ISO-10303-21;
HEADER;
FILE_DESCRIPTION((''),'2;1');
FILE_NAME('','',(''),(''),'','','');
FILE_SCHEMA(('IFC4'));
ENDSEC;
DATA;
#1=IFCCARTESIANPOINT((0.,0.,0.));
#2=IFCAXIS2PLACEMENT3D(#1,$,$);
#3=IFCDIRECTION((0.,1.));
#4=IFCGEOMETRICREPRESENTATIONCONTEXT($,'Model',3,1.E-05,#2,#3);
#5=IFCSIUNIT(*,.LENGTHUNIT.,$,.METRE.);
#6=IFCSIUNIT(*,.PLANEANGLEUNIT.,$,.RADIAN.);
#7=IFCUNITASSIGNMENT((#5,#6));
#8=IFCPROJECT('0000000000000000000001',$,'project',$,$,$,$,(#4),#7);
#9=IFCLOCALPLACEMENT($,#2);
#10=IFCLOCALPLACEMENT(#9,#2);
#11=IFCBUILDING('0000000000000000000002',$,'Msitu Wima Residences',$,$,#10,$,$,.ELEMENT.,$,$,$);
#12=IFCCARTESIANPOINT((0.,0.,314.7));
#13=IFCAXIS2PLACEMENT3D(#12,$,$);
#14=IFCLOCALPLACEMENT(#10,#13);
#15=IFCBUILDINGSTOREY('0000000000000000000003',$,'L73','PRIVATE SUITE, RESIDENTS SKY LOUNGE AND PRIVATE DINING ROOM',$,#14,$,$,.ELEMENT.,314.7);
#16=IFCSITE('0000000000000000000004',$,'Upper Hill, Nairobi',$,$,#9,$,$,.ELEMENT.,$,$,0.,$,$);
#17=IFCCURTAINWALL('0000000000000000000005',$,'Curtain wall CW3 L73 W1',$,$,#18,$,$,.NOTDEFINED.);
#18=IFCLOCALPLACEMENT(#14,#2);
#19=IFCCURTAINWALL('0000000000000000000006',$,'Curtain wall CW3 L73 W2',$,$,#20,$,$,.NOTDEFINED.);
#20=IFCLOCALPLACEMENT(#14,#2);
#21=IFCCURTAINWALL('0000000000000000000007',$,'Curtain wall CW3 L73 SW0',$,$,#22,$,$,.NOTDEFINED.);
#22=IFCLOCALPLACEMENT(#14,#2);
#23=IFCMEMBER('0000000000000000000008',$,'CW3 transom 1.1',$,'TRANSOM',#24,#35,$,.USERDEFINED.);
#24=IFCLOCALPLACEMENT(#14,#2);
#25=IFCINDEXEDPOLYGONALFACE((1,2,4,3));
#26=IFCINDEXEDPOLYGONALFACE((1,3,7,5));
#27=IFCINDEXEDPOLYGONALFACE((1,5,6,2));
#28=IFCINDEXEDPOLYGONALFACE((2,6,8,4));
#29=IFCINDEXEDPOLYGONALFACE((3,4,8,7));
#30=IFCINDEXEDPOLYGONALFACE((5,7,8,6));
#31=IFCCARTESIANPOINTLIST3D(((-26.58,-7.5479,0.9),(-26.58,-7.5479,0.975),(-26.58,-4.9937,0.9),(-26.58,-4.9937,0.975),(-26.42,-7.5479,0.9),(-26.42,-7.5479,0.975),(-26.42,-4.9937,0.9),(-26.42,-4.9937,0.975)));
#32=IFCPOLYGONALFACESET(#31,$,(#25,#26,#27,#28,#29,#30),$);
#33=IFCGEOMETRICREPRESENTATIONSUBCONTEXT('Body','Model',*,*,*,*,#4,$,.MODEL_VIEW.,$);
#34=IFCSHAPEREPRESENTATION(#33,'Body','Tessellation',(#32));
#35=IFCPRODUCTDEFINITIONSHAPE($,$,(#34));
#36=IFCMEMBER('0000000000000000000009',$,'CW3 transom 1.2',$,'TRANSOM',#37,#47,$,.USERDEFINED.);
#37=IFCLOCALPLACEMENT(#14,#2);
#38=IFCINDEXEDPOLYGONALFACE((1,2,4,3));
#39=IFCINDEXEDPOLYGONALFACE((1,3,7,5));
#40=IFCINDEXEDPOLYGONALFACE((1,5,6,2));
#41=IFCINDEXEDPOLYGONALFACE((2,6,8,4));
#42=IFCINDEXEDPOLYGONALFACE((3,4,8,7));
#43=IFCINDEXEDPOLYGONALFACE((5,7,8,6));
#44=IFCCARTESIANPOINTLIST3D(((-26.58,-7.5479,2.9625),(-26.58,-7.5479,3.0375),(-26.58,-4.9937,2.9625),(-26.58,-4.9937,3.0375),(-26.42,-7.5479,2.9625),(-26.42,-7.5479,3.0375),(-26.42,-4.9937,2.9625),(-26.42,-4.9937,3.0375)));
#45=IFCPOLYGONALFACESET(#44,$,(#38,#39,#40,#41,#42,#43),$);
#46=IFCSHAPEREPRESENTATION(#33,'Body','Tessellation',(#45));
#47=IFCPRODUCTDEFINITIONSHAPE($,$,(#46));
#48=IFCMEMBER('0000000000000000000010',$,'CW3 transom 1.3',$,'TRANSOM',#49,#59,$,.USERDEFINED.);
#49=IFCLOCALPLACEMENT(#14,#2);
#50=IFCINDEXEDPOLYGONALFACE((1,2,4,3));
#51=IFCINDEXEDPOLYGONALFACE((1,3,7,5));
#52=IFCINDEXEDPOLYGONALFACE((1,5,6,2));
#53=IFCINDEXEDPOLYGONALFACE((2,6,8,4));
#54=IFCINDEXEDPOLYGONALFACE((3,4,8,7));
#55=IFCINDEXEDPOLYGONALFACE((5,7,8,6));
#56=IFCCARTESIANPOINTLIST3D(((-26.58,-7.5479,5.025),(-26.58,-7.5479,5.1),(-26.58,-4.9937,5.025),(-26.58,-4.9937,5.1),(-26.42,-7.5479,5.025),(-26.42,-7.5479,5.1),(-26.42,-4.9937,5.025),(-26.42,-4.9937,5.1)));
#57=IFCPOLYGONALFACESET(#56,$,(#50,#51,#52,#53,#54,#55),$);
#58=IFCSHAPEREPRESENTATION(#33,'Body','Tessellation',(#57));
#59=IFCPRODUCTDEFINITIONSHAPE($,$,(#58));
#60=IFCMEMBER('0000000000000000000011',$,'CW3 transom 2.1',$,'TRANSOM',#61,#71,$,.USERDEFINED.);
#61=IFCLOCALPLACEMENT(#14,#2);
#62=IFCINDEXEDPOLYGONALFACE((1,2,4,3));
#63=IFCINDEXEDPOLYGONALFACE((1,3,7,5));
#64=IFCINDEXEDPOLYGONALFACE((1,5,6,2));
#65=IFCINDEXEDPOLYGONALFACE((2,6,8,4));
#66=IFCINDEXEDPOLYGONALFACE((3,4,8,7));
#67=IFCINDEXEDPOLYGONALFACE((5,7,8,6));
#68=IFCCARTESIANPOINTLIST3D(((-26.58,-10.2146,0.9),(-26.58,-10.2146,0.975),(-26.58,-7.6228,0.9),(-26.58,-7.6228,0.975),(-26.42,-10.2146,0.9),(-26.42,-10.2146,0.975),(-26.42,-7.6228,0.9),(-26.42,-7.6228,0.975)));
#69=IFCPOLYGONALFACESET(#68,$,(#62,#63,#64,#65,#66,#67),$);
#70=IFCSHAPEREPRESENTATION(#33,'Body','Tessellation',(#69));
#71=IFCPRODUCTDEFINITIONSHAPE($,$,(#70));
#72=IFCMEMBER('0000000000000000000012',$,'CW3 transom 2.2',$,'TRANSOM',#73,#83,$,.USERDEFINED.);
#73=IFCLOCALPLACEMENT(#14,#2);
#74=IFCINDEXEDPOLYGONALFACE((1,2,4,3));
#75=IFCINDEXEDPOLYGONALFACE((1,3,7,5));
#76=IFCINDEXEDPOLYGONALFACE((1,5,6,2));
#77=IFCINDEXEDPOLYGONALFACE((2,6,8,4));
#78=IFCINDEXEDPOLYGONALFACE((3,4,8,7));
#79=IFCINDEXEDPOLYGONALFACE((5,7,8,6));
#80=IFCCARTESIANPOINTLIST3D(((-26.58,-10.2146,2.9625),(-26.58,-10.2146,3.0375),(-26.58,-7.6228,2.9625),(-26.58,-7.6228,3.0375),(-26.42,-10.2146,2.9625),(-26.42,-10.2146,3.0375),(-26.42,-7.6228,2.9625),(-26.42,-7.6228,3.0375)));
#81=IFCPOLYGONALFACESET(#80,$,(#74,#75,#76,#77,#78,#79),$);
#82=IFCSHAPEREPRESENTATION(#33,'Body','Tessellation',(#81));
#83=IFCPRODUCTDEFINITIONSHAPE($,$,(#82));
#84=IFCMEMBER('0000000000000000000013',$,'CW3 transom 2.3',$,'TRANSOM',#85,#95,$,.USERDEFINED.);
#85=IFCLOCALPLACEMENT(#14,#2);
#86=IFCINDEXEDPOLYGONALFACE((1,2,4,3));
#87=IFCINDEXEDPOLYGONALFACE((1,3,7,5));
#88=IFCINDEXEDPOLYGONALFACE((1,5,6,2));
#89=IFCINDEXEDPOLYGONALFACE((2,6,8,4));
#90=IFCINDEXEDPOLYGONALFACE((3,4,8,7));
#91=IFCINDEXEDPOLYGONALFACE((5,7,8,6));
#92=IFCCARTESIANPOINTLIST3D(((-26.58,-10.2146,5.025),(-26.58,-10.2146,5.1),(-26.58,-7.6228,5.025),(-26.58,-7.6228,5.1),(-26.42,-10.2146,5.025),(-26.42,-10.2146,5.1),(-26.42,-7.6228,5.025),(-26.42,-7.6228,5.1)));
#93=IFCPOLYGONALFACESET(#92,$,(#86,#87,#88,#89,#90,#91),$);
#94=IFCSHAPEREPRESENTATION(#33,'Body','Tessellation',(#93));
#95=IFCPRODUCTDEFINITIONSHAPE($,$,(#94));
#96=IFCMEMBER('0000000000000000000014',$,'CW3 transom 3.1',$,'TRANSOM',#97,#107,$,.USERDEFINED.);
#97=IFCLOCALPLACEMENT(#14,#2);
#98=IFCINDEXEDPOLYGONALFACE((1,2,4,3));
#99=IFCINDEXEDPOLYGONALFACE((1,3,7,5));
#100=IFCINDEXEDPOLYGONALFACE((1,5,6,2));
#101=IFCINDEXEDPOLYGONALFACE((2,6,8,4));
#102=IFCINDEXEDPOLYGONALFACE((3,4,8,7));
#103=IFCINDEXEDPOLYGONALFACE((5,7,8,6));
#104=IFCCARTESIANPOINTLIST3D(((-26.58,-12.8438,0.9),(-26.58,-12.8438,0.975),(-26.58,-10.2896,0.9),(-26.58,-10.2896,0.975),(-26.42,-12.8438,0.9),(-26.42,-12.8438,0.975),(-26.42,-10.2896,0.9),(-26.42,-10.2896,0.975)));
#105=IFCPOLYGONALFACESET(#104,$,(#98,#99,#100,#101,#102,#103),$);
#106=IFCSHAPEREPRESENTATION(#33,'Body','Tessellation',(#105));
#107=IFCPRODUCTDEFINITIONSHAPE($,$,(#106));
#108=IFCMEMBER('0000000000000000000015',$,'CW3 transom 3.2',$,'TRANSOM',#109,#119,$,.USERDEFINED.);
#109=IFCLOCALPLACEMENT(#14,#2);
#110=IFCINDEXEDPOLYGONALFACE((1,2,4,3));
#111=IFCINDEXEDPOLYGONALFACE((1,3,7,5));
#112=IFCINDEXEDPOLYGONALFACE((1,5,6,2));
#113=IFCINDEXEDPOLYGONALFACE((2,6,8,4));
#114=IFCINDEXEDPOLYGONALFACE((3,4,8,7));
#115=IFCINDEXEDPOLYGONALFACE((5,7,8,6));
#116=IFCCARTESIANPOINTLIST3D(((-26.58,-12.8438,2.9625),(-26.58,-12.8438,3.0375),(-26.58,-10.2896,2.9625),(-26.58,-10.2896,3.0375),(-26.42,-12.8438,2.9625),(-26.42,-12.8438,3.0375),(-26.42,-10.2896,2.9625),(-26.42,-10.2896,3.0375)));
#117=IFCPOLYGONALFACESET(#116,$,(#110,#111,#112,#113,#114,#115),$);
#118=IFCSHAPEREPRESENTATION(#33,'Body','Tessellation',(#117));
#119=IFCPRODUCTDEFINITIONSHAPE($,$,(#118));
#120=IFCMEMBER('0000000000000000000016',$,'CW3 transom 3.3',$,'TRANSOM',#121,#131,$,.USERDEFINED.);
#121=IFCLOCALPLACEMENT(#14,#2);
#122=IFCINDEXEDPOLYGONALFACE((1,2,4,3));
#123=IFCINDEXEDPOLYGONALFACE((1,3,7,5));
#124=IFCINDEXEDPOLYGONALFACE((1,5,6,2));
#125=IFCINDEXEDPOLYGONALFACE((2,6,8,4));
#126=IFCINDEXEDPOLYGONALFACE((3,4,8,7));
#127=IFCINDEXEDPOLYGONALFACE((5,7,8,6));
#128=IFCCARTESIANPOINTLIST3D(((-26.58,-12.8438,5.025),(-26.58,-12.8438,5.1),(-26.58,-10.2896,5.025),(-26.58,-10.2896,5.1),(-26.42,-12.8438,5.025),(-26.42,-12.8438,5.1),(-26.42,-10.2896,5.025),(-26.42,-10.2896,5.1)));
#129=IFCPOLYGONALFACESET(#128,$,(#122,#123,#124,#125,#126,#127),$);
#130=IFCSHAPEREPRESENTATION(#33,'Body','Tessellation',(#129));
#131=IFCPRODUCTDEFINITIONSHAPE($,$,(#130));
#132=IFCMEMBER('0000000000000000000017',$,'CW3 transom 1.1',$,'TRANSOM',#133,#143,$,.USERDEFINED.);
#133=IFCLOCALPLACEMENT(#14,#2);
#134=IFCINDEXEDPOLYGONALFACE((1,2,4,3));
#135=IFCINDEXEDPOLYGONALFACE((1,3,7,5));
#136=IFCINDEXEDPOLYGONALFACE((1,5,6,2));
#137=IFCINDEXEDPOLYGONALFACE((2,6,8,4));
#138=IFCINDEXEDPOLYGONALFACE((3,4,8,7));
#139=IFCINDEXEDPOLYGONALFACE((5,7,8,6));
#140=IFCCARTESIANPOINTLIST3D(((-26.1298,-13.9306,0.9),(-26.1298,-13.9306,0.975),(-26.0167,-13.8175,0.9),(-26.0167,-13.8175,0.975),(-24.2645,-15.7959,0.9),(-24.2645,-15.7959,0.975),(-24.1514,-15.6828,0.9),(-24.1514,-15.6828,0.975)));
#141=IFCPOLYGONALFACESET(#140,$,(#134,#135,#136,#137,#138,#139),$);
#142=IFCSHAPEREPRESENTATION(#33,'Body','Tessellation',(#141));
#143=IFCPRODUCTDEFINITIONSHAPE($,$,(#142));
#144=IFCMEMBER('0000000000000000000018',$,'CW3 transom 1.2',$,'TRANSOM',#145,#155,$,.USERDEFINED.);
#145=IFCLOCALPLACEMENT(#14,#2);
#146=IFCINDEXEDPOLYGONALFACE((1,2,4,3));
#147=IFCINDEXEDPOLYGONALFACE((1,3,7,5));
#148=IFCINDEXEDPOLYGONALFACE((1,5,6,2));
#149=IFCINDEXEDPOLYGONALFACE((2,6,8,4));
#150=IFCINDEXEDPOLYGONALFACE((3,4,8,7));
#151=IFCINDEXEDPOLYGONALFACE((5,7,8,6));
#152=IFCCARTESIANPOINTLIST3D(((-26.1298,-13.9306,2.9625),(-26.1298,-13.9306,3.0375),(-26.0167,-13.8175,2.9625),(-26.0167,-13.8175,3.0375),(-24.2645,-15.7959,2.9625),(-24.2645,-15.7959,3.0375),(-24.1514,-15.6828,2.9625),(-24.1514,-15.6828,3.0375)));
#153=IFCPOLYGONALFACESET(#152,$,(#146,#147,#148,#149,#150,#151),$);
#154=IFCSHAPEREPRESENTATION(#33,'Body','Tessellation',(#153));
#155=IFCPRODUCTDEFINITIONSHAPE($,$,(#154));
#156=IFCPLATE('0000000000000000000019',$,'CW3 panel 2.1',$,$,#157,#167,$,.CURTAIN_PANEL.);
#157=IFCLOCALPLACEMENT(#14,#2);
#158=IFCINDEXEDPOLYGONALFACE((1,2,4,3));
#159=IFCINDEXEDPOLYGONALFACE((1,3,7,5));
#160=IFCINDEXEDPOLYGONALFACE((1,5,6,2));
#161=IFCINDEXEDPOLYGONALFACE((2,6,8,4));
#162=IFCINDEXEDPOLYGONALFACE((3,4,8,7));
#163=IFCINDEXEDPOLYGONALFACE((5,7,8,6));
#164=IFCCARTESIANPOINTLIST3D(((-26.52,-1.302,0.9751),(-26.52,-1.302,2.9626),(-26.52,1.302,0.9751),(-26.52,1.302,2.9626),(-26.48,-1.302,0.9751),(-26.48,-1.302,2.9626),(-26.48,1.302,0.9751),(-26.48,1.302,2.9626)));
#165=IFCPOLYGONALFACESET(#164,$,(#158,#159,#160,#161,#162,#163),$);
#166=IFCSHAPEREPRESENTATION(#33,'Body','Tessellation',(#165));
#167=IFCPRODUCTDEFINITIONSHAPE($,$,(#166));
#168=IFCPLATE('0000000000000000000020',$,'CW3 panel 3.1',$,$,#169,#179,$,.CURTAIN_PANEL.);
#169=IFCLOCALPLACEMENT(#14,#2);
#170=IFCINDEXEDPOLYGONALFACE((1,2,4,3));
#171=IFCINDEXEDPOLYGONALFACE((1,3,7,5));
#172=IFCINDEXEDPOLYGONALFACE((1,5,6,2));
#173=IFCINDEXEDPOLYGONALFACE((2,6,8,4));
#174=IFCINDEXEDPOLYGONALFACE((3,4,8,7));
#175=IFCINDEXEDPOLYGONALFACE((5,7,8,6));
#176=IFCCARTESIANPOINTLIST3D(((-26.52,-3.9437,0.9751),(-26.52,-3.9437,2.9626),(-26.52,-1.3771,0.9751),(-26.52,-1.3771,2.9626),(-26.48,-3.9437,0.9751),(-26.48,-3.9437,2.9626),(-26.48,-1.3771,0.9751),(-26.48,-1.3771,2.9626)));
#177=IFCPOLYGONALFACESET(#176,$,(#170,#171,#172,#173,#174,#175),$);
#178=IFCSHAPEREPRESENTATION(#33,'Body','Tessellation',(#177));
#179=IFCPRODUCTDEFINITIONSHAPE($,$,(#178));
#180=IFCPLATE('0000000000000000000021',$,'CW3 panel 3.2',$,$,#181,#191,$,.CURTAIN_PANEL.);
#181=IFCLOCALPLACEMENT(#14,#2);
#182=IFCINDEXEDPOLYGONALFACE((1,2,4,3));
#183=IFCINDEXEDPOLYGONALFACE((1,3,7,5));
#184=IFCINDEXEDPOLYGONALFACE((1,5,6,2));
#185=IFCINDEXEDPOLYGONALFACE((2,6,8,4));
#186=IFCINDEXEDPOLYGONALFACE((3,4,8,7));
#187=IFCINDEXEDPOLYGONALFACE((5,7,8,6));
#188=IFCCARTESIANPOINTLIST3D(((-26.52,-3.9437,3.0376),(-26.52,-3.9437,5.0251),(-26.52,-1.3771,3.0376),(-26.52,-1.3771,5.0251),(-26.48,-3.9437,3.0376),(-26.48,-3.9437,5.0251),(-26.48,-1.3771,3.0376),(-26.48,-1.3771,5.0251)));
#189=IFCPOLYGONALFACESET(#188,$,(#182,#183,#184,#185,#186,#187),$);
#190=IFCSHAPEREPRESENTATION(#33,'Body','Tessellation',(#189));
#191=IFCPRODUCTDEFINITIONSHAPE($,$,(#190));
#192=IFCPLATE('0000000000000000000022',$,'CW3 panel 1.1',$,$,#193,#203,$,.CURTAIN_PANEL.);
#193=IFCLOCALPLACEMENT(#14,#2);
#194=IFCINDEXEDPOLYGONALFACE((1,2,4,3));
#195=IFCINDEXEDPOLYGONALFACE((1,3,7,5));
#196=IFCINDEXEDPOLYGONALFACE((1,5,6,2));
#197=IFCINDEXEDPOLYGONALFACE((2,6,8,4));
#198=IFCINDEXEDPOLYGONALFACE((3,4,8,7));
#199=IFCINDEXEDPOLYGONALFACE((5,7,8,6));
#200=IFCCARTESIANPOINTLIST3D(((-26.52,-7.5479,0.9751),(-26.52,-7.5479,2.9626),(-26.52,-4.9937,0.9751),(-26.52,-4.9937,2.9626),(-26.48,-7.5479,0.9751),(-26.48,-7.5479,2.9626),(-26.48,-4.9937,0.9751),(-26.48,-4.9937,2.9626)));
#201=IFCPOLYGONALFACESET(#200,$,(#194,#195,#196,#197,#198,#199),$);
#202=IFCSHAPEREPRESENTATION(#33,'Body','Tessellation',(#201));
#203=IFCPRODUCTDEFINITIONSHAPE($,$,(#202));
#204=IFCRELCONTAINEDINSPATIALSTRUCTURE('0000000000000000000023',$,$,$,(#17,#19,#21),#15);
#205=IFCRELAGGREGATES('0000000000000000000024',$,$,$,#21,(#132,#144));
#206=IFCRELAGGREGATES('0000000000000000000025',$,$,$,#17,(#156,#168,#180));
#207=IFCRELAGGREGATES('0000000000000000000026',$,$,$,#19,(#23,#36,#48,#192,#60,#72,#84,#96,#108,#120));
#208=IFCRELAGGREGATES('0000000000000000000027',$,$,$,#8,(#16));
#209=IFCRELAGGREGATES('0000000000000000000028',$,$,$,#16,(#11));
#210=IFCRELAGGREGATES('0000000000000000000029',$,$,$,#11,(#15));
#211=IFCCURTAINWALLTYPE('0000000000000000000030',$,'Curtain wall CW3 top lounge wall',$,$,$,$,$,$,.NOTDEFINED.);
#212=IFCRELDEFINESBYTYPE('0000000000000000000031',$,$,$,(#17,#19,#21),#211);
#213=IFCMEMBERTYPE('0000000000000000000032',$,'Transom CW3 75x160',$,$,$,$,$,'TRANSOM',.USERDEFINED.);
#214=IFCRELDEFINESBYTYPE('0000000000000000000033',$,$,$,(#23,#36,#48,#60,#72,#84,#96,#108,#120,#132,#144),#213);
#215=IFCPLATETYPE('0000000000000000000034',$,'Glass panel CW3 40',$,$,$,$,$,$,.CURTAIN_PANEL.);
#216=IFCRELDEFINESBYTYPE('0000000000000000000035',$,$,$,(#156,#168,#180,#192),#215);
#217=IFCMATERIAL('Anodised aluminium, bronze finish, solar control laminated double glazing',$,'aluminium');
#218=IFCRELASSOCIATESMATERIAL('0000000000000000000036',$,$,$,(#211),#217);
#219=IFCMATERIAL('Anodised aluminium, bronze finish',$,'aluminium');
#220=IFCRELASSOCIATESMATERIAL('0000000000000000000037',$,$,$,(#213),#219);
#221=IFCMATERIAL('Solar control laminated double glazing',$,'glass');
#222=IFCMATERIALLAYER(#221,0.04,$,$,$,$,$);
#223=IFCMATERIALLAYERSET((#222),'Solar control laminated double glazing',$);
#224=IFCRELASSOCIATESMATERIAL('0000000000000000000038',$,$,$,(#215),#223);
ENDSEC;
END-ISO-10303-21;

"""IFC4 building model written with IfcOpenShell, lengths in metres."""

from ifc_helpers import new_model, si_unit, direction, frame, origin, origin_2d, place, context, subcontext, project, spatial, rectangle, extrude, material, layer, layer_set, material_profile, profile_set, type_object, element, aggregate, save


model = new_model("IFC4")

# Units and contexts
model_context = context("Model", 3, precision=1e-05, world=origin(), true_north=direction((0.0, 1.0)))
body_context = subcontext(model_context, "Body", "Model", "MODEL_VIEW")
ifc_project = project(units=[si_unit("LENGTHUNIT", "METRE"), si_unit("PLANEANGLEUNIT", "RADIAN")], contexts=[model_context])

# Site, building, storey
site_placement = place(None, origin())
site = spatial("IfcSite", under=ifc_project, at=site_placement, Name="Upper Hill, Nairobi", CompositionType="ELEMENT", RefElevation=0.0)
building_placement = place(site_placement, origin())
building = spatial("IfcBuilding", under=site, at=building_placement, Name="Msitu Wima Residences", CompositionType="ELEMENT")
storey_placement = place(building_placement, frame((0.0, 0.0, 314.7)))
storey = spatial("IfcBuildingStorey", under=building, at=storey_placement, Name="L73", Description="PRIVATE SUITE, RESIDENTS SKY LOUNGE AND PRIVATE DINING ROOM", CompositionType="ELEMENT", Elevation=314.7)

# Curtain walls
ifc_material_1 = material(Name="Anodised aluminium, bronze finish, solar control laminated double glazing", Category="aluminium")
curtain_wall_type = type_object("IfcCurtainWallType", Name="Curtain wall CW3 top lounge wall", PredefinedType="NOTDEFINED", material=ifc_material_1)
curtain_wall_1_placement = place(storey_placement, origin())
curtain_wall_1 = element("IfcCurtainWall", 1, at=curtain_wall_1_placement, inside=storey, type_object=curtain_wall_type, Name="Curtain wall CW3 L73 W1", PredefinedType="NOTDEFINED")
ifc_material_2 = material(Name="Anodised aluminium, bronze finish", Category="aluminium")
curtain_wall_2_placement = place(storey_placement, origin())
curtain_wall_2 = element("IfcCurtainWall", 2, at=curtain_wall_2_placement, inside=storey, type_object=curtain_wall_type, Name="Curtain wall CW3 L73 W2", PredefinedType="NOTDEFINED")

# Curtain wall
curtain_wall_3_placement = place(storey_placement, origin())
curtain_wall_3 = element("IfcCurtainWall", 3, at=curtain_wall_3_placement, inside=storey, type_object=curtain_wall_type, Name="Curtain wall CW3 L73 SW0", PredefinedType="NOTDEFINED")

# Members
ifc_material_profile_1 = material_profile(ifc_material_2, rectangle(XDim=0.1599, YDim=0.075, at=origin_2d()), Name="Transom 75x160")
ifc_profile_set_1 = profile_set([ifc_material_profile_1], Name="Anodised aluminium, bronze finish")
member_type_1 = type_object("IfcMemberType", Name="Transom CW3 75x160", ElementType="TRANSOM", PredefinedType="USERDEFINED", material=ifc_profile_set_1)
member_1_placement = place(storey_placement, frame((-26.5, -4.9937, 0.9375), z_axis=(0.0, -1.0, 0.0), x_axis=(1.0, 0.0, 0.0)))
member_1 = element("IfcMember", 4, at=member_1_placement, type_object=member_type_1, Name="CW3 transom 1.1", ObjectType="TRANSOM", PredefinedType="USERDEFINED", context=body_context, shape_type="SweptSolid", body=[
    extrude(rectangle(XDim=0.1599, YDim=0.075, at=origin_2d()), origin(), (0.0, 0.0, 1.0), 2.5542),
])
member_2_placement = place(storey_placement, frame((-26.5, -4.9937, 3.0), z_axis=(0.0, -1.0, 0.0), x_axis=(1.0, 0.0, 0.0)))
member_2 = element("IfcMember", 5, at=member_2_placement, type_object=member_type_1, Name="CW3 transom 1.2", ObjectType="TRANSOM", PredefinedType="USERDEFINED", context=body_context, shape_type="SweptSolid", body=[
    extrude(rectangle(XDim=0.1599, YDim=0.075, at=origin_2d()), origin(), (0.0, 0.0, 1.0), 2.5542),
])
member_3_placement = place(storey_placement, frame((-26.5, -4.9937, 5.0625), z_axis=(0.0, -1.0, 0.0), x_axis=(1.0, 0.0, 0.0)))
member_3 = element("IfcMember", 6, at=member_3_placement, type_object=member_type_1, Name="CW3 transom 1.3", ObjectType="TRANSOM", PredefinedType="USERDEFINED", context=body_context, shape_type="SweptSolid", body=[
    extrude(rectangle(XDim=0.1599, YDim=0.075, at=origin_2d()), origin(), (0.0, 0.0, 1.0), 2.5542),
])
member_4_placement = place(storey_placement, frame((-26.5, -7.6228, 0.9375), z_axis=(0.0, -1.0, 0.0), x_axis=(1.0, 0.0, 0.0)))
member_4 = element("IfcMember", 7, at=member_4_placement, type_object=member_type_1, Name="CW3 transom 2.1", ObjectType="TRANSOM", PredefinedType="USERDEFINED", context=body_context, shape_type="SweptSolid", body=[
    extrude(rectangle(XDim=0.1599, YDim=0.075, at=origin_2d()), origin(), (0.0, 0.0, 1.0), 2.5918),
])
member_5_placement = place(storey_placement, frame((-26.5, -7.6228, 3.0), z_axis=(0.0, -1.0, 0.0), x_axis=(1.0, 0.0, 0.0)))
member_5 = element("IfcMember", 8, at=member_5_placement, type_object=member_type_1, Name="CW3 transom 2.2", ObjectType="TRANSOM", PredefinedType="USERDEFINED", context=body_context, shape_type="SweptSolid", body=[
    extrude(rectangle(XDim=0.1599, YDim=0.075, at=origin_2d()), origin(), (0.0, 0.0, 1.0), 2.5918),
])
member_6_placement = place(storey_placement, frame((-26.5, -7.6228, 5.0625), z_axis=(0.0, -1.0, 0.0), x_axis=(1.0, 0.0, 0.0)))
member_6 = element("IfcMember", 9, at=member_6_placement, type_object=member_type_1, Name="CW3 transom 2.3", ObjectType="TRANSOM", PredefinedType="USERDEFINED", context=body_context, shape_type="SweptSolid", body=[
    extrude(rectangle(XDim=0.1599, YDim=0.075, at=origin_2d()), origin(), (0.0, 0.0, 1.0), 2.5918),
])
member_7_placement = place(storey_placement, frame((-26.5, -10.2896, 0.9375), z_axis=(0.0, -1.0, 0.0), x_axis=(1.0, 0.0, 0.0)))
member_7 = element("IfcMember", 10, at=member_7_placement, type_object=member_type_1, Name="CW3 transom 3.1", ObjectType="TRANSOM", PredefinedType="USERDEFINED", context=body_context, shape_type="SweptSolid", body=[
    extrude(rectangle(XDim=0.1599, YDim=0.075, at=origin_2d()), origin(), (0.0, 0.0, 1.0), 2.5542),
])
member_8_placement = place(storey_placement, frame((-26.5, -10.2896, 3.0), z_axis=(0.0, -1.0, 0.0), x_axis=(1.0, 0.0, 0.0)))
member_8 = element("IfcMember", 11, at=member_8_placement, type_object=member_type_1, Name="CW3 transom 3.2", ObjectType="TRANSOM", PredefinedType="USERDEFINED", context=body_context, shape_type="SweptSolid", body=[
    extrude(rectangle(XDim=0.1599, YDim=0.075, at=origin_2d()), origin(), (0.0, 0.0, 1.0), 2.5542),
])
member_9_placement = place(storey_placement, frame((-26.5, -10.2896, 5.0625), z_axis=(0.0, -1.0, 0.0), x_axis=(1.0, 0.0, 0.0)))
member_9 = element("IfcMember", 12, at=member_9_placement, type_object=member_type_1, Name="CW3 transom 3.3", ObjectType="TRANSOM", PredefinedType="USERDEFINED", context=body_context, shape_type="SweptSolid", body=[
    extrude(rectangle(XDim=0.1599, YDim=0.075, at=origin_2d()), origin(), (0.0, 0.0, 1.0), 2.5542),
])
member_10_placement = place(storey_placement, frame((-26.0732, -13.874, 0.9375), z_axis=(0.707107, -0.707107, 0.0), x_axis=(0.707107, 0.707107, 0.0)))
member_10 = element("IfcMember", 13, at=member_10_placement, type_object=member_type_1, Name="CW3 transom 1.1", ObjectType="TRANSOM", PredefinedType="USERDEFINED", context=body_context, shape_type="SweptSolid", body=[
    extrude(rectangle(XDim=0.1599, YDim=0.075, at=origin_2d()), origin(), (0.0, 0.0, 1.0), 2.6379),
])
member_11_placement = place(storey_placement, frame((-26.0732, -13.874, 3.0), z_axis=(0.707107, -0.707107, 0.0), x_axis=(0.707107, 0.707107, 0.0)))
member_11 = element("IfcMember", 14, at=member_11_placement, type_object=member_type_1, Name="CW3 transom 1.2", ObjectType="TRANSOM", PredefinedType="USERDEFINED", context=body_context, shape_type="SweptSolid", body=[
    extrude(rectangle(XDim=0.1599, YDim=0.075, at=origin_2d()), origin(), (0.0, 0.0, 1.0), 2.6379),
])
aggregate(curtain_wall_3, [member_10, member_11])

# Plates
ifc_material_3 = material(Name="Solar control laminated double glazing", Category="glass")
ifc_layer = layer(ifc_material_3, 0.04)
ifc_layer_set = layer_set([ifc_layer], Name="Solar control laminated double glazing")
plate_type = type_object("IfcPlateType", Name="Glass panel CW3 40", PredefinedType="CURTAIN_PANEL", material=ifc_layer_set)
plate_1_placement = place(storey_placement, frame((-26.5, 0.0, 0.9751), z_axis=(0.0, 0.0, 1.0), x_axis=(0.0, -1.0, 0.0)))
plate_1 = element("IfcPlate", 15, at=plate_1_placement, type_object=plate_type, Name="CW3 panel 2.1", PredefinedType="CURTAIN_PANEL", context=body_context, shape_type="SweptSolid", body=[
    extrude(rectangle(XDim=2.604, YDim=0.04, at=origin_2d()), origin(), (0.0, 0.0, 1.0), 1.9875),
])
plate_2_placement = place(storey_placement, frame((-26.5, -2.6604, 0.9751), z_axis=(0.0, 0.0, 1.0), x_axis=(0.0, -1.0, 0.0)))
plate_2 = element("IfcPlate", 16, at=plate_2_placement, type_object=plate_type, Name="CW3 panel 3.1", PredefinedType="CURTAIN_PANEL", context=body_context, shape_type="SweptSolid", body=[
    extrude(rectangle(XDim=2.5667, YDim=0.04, at=origin_2d()), origin(), (0.0, 0.0, 1.0), 1.9875),
])
plate_3_placement = place(storey_placement, frame((-26.5, -2.6604, 3.0376), z_axis=(0.0, 0.0, 1.0), x_axis=(0.0, -1.0, 0.0)))
plate_3 = element("IfcPlate", 17, at=plate_3_placement, type_object=plate_type, Name="CW3 panel 3.2", PredefinedType="CURTAIN_PANEL", context=body_context, shape_type="SweptSolid", body=[
    extrude(rectangle(XDim=2.5667, YDim=0.04, at=origin_2d()), origin(), (0.0, 0.0, 1.0), 1.9875),
])
aggregate(curtain_wall_1, [plate_1, plate_2, plate_3])
plate_4_placement = place(storey_placement, frame((-26.5, -6.2708, 0.9751), z_axis=(0.0, 0.0, 1.0), x_axis=(0.0, -1.0, 0.0)))
plate_4 = element("IfcPlate", 18, at=plate_4_placement, type_object=plate_type, Name="CW3 panel 1.1", PredefinedType="CURTAIN_PANEL", context=body_context, shape_type="SweptSolid", body=[
    extrude(rectangle(XDim=2.5542, YDim=0.04, at=origin_2d()), origin(), (0.0, 0.0, 1.0), 1.9875),
])
aggregate(curtain_wall_2, [member_1, member_2, member_3, plate_4, member_4, member_5, member_6, member_7, member_8, member_9])

save(model, "model.ifc")
